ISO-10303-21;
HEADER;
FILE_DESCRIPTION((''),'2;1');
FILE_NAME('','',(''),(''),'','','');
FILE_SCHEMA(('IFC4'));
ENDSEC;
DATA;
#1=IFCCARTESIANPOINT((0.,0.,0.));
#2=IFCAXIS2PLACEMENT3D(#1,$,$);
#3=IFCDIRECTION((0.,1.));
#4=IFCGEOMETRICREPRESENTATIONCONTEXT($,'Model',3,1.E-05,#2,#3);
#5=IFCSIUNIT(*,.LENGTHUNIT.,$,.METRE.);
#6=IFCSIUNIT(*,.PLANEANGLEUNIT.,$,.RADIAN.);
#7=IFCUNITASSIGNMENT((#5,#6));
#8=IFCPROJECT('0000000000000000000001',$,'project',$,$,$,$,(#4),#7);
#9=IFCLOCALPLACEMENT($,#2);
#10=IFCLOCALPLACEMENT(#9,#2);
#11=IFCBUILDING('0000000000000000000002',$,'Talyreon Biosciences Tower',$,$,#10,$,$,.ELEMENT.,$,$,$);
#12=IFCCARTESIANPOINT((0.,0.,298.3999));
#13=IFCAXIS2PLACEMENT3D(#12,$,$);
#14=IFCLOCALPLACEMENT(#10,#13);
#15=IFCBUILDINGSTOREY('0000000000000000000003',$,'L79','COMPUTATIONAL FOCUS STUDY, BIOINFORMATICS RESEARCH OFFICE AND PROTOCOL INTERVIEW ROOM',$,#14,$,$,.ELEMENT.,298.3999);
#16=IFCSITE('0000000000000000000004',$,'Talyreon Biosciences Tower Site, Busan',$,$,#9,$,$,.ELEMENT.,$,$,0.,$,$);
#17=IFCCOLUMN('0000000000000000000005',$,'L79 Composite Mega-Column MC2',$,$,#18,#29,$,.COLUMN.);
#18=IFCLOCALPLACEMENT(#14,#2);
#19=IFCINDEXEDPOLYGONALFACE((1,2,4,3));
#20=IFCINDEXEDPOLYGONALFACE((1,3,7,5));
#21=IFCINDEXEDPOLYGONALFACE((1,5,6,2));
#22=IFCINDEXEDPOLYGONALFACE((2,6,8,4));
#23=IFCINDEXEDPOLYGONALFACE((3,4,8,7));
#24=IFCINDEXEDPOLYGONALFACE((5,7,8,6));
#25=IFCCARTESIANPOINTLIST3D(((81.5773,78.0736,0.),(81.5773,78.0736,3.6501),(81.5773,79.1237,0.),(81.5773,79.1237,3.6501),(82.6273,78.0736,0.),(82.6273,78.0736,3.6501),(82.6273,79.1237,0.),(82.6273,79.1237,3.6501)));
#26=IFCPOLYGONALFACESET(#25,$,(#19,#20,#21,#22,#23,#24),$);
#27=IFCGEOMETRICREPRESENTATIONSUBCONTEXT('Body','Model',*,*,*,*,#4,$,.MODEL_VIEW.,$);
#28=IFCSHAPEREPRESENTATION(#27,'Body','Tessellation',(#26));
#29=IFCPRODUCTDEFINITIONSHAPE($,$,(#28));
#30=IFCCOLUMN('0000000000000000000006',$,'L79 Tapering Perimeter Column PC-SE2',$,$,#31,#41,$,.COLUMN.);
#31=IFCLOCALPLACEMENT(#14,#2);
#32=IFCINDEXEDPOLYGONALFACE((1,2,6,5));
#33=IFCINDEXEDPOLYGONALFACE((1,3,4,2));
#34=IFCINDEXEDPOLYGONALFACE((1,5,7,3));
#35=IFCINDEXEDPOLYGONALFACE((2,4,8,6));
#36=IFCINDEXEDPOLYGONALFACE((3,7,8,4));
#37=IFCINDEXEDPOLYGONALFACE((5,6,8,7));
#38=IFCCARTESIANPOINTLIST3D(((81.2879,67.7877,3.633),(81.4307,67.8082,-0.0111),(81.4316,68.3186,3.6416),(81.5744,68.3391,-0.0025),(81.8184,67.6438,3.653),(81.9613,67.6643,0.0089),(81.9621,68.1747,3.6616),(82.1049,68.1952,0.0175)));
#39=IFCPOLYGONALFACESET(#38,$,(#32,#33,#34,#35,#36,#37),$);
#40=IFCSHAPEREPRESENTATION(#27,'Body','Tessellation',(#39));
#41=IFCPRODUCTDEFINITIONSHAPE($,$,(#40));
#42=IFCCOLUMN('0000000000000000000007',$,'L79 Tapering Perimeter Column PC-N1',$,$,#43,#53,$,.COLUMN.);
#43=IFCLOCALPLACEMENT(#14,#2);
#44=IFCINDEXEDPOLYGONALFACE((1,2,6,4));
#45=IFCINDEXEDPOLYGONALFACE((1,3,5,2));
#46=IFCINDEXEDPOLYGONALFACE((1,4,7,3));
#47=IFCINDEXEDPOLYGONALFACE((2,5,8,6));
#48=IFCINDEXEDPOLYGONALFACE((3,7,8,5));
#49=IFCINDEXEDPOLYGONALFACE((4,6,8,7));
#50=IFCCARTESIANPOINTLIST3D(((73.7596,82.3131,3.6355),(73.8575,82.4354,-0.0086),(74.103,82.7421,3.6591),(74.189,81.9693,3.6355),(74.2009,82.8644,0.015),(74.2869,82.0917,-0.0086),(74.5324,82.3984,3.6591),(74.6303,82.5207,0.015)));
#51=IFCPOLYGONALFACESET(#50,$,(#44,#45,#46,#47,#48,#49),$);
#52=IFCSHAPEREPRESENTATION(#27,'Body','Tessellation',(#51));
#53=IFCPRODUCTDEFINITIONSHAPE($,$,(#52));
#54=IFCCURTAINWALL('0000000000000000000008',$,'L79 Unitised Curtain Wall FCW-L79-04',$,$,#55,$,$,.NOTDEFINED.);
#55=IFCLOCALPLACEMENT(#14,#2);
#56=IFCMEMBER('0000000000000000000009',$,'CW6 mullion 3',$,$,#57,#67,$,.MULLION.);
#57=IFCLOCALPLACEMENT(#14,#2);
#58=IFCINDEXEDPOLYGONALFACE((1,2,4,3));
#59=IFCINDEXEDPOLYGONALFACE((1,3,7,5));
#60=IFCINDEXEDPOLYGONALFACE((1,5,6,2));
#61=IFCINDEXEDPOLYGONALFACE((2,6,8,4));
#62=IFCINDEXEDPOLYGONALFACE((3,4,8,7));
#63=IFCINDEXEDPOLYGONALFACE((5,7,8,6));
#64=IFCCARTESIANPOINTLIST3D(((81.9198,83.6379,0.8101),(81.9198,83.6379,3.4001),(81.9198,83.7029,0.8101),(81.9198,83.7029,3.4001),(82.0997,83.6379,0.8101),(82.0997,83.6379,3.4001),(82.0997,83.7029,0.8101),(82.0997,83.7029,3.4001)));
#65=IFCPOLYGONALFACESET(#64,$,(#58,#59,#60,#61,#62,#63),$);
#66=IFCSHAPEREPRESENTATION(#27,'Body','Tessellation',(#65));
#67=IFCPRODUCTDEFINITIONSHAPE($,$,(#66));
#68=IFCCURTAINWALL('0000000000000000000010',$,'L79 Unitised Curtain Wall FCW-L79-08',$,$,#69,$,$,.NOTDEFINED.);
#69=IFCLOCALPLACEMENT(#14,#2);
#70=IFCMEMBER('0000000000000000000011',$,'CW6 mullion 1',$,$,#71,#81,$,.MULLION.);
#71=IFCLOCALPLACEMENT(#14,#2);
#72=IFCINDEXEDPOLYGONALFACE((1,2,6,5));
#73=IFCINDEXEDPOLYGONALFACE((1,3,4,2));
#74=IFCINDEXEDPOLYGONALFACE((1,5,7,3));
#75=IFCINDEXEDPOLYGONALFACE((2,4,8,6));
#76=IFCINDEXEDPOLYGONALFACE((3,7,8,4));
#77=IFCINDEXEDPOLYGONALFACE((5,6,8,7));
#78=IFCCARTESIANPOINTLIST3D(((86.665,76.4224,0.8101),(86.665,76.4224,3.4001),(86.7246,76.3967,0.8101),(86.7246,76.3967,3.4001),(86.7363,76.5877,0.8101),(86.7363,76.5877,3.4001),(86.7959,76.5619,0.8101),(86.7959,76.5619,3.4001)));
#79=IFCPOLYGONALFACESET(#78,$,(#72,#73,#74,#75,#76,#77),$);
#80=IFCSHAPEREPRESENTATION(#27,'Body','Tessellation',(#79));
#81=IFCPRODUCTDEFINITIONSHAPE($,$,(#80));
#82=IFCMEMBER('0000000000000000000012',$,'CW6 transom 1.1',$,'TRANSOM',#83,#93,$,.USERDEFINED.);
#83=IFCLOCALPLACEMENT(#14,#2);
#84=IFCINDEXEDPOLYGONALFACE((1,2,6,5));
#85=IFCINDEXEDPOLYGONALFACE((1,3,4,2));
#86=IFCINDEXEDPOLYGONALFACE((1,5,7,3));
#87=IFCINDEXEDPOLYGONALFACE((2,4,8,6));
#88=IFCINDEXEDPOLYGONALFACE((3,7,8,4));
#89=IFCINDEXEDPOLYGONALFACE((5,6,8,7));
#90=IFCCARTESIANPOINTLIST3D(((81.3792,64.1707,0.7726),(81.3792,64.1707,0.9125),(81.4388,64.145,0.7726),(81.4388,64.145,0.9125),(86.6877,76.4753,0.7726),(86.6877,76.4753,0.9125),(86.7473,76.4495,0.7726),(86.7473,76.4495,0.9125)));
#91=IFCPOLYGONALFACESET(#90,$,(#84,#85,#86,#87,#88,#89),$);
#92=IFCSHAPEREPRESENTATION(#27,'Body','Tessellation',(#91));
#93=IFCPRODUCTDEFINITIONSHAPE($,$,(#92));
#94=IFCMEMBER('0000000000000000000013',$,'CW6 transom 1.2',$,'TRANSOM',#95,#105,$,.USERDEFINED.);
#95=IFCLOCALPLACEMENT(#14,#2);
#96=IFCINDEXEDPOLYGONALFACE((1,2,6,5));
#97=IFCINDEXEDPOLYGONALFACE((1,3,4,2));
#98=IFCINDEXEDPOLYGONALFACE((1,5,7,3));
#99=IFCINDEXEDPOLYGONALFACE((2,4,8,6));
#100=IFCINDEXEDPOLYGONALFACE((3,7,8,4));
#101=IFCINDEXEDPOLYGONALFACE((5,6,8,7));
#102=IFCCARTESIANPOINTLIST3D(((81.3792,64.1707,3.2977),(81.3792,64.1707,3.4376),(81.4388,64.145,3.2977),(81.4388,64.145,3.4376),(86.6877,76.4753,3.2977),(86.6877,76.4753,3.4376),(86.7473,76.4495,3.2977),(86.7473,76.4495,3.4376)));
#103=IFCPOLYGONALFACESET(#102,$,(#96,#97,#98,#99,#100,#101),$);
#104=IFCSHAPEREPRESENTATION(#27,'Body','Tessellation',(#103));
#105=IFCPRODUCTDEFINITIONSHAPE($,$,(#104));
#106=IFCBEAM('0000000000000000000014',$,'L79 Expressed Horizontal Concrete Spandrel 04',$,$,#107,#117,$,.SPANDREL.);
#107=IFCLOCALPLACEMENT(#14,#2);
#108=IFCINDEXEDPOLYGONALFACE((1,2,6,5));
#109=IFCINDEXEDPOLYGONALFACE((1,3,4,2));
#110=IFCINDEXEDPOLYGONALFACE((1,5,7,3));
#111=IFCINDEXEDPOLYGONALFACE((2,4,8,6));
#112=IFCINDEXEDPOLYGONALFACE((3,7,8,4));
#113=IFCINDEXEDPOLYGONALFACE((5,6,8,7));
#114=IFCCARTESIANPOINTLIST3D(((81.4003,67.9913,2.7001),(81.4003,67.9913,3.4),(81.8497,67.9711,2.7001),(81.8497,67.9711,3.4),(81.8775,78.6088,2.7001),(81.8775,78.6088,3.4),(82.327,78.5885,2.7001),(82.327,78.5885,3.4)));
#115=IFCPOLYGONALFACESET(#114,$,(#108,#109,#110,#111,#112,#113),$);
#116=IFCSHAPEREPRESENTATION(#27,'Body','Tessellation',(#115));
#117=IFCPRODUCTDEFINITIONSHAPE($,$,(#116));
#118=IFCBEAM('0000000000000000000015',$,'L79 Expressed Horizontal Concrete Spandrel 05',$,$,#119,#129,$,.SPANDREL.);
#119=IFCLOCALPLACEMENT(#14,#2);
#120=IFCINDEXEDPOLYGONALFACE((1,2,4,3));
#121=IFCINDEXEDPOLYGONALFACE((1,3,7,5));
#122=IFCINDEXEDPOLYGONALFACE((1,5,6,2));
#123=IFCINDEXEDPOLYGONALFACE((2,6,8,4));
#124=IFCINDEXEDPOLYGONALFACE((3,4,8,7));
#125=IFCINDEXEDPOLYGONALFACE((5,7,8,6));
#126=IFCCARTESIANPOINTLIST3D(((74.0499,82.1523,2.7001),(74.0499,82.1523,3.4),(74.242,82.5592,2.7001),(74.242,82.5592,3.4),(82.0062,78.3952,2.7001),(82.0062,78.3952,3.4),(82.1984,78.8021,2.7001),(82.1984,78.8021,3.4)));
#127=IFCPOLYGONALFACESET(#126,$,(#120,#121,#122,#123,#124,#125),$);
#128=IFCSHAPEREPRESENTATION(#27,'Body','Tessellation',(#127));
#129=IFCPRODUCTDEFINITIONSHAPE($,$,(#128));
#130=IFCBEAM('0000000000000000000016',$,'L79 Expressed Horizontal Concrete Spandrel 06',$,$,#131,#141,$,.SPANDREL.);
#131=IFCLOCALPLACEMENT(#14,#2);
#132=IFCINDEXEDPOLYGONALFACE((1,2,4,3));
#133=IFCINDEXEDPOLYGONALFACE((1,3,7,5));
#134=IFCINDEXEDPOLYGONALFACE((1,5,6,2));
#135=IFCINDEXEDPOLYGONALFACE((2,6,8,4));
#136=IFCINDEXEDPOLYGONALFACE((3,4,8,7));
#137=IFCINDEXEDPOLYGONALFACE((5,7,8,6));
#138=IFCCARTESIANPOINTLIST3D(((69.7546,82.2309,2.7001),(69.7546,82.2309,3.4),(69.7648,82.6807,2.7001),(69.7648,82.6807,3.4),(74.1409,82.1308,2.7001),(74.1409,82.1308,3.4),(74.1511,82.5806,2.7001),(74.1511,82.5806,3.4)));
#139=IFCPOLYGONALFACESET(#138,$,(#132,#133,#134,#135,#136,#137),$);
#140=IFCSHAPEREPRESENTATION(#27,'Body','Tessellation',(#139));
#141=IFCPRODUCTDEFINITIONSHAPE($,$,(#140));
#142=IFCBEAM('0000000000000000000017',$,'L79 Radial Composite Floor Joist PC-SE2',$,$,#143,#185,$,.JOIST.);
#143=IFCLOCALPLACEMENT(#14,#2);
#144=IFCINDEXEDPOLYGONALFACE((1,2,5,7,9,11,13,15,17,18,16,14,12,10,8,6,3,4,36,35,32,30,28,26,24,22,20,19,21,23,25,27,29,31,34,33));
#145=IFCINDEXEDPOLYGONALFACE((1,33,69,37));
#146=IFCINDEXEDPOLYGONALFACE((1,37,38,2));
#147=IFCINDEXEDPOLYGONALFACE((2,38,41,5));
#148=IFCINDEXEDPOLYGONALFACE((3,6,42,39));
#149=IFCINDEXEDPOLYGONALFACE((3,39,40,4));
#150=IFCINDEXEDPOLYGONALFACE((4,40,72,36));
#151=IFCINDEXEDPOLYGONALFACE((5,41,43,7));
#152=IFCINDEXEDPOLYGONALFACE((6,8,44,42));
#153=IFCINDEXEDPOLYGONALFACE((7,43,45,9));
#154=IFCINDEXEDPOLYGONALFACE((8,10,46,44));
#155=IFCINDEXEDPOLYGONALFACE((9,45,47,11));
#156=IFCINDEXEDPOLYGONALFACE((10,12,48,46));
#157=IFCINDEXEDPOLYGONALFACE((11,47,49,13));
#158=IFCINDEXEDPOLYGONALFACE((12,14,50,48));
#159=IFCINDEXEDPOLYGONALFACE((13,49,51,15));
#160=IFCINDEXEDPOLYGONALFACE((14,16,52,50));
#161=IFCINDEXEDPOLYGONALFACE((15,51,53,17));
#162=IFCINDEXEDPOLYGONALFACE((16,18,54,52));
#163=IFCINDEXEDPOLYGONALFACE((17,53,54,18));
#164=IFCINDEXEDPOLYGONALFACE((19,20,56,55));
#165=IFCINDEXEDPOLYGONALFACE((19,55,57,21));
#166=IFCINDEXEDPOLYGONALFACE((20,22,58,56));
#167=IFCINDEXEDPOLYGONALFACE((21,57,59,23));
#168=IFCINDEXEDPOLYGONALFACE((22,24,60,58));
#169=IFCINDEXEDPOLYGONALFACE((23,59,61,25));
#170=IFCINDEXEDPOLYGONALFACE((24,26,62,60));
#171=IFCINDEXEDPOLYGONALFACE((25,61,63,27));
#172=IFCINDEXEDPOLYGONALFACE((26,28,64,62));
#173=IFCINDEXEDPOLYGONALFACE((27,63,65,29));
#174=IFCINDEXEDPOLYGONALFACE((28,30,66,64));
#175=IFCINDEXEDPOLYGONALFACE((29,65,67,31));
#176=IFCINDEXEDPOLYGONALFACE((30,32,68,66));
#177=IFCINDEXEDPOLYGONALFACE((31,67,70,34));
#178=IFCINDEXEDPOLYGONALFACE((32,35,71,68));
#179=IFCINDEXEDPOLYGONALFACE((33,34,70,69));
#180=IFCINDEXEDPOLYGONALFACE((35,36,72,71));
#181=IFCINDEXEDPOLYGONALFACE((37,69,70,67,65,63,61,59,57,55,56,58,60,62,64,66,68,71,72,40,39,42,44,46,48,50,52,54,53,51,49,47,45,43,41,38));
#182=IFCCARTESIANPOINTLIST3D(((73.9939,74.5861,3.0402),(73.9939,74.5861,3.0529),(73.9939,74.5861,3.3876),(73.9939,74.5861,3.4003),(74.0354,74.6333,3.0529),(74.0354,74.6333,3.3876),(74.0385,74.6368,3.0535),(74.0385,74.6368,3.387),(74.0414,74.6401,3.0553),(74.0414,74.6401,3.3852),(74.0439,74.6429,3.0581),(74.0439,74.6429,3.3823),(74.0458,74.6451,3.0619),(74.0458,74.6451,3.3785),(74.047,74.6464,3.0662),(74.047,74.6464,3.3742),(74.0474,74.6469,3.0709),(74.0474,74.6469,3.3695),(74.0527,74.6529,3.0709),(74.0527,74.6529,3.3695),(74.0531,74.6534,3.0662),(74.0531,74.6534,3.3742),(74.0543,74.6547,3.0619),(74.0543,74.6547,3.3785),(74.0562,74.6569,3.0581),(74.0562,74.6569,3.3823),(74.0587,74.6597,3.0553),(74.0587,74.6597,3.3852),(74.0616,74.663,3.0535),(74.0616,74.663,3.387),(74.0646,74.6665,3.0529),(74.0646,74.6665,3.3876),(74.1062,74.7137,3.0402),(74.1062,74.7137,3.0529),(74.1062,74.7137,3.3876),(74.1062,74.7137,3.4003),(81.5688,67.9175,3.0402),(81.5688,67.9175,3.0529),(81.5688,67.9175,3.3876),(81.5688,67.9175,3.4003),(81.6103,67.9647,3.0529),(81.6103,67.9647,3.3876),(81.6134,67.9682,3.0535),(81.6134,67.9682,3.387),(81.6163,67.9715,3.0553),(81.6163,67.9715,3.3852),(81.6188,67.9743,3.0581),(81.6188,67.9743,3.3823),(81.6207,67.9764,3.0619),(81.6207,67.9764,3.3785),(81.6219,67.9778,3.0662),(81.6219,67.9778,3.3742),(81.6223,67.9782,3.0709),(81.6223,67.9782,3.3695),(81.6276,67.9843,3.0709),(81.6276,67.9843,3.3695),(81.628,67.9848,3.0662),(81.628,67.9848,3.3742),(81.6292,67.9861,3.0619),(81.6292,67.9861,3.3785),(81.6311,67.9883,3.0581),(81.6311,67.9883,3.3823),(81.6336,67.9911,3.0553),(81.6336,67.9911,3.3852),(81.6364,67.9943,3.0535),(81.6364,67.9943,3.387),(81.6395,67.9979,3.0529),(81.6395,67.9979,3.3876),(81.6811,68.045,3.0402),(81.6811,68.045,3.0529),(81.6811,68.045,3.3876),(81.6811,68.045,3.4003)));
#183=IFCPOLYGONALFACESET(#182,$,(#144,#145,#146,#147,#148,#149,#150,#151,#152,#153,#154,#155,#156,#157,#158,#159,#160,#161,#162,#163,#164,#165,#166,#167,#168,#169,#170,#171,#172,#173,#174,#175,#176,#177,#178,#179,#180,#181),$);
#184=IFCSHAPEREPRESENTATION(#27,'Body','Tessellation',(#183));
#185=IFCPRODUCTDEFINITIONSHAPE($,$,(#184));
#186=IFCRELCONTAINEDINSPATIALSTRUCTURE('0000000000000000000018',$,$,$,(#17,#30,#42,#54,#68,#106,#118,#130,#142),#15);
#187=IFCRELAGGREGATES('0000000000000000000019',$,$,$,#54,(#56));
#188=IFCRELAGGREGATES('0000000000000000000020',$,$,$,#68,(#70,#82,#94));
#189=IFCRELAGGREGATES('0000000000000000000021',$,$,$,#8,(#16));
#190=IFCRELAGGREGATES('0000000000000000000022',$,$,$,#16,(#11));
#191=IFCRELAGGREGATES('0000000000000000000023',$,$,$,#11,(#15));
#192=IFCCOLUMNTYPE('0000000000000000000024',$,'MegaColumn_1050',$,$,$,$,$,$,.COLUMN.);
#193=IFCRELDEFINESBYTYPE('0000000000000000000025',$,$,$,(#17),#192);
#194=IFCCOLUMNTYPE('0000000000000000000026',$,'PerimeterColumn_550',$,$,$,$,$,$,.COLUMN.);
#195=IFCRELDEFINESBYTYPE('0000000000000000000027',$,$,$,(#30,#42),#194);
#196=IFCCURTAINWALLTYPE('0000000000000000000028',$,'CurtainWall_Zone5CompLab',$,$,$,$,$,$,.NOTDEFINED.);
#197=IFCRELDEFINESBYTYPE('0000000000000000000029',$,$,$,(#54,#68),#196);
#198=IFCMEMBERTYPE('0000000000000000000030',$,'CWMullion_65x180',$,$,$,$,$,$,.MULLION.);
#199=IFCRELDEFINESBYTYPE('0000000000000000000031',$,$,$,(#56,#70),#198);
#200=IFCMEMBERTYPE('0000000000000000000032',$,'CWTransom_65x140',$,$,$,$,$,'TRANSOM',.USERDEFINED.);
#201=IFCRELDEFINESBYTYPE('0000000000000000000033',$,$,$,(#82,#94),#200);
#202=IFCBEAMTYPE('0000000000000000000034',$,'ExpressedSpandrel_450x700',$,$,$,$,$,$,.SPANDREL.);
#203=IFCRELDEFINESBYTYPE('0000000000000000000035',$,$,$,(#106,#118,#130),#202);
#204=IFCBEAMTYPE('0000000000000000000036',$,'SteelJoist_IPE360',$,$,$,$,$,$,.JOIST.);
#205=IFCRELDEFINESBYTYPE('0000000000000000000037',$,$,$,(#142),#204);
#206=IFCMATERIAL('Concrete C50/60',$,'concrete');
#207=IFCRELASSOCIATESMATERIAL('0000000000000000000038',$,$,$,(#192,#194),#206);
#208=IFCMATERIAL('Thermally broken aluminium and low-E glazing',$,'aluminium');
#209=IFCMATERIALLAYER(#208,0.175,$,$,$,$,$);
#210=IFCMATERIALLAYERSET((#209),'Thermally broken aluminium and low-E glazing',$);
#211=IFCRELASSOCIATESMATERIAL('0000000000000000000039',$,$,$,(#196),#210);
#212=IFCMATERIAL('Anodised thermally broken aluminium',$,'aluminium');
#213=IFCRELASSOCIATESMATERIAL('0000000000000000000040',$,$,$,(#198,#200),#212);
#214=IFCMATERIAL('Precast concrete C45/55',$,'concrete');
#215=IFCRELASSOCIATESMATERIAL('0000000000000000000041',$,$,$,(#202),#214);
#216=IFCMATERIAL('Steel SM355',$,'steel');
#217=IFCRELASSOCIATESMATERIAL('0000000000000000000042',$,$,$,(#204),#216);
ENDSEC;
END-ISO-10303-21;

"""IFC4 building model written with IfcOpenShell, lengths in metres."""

from ifc_helpers import new_model, si_unit, direction, frame, origin, origin_2d, place, context, subcontext, project, spatial, rectangle, i_section, extrude, material, layer, layer_set, material_profile, profile_set, type_object, element, aggregate, save


model = new_model("IFC4")

# Units and contexts
model_context = context("Model", 3, precision=1e-05, world=origin(), true_north=direction((0.0, 1.0)))
body_context = subcontext(model_context, "Body", "Model", "MODEL_VIEW")
ifc_project = project(units=[si_unit("LENGTHUNIT", "METRE"), si_unit("PLANEANGLEUNIT", "RADIAN")], contexts=[model_context])

# Site, building, storey
site_placement = place(None, origin())
site = spatial("IfcSite", under=ifc_project, at=site_placement, Name="Talyreon Biosciences Tower Site, Busan", CompositionType="ELEMENT", RefElevation=0.0)
building_placement = place(site_placement, origin())
building = spatial("IfcBuilding", under=site, at=building_placement, Name="Talyreon Biosciences Tower", CompositionType="ELEMENT")
storey_placement = place(building_placement, frame((0.0, 0.0, 298.3999)))
storey = spatial("IfcBuildingStorey", under=building, at=storey_placement, Name="L79", Description="COMPUTATIONAL FOCUS STUDY, BIOINFORMATICS RESEARCH OFFICE AND PROTOCOL INTERVIEW ROOM", CompositionType="ELEMENT", Elevation=298.3999)

# Columns
ifc_material_1 = material(Name="Concrete C50/60", Category="concrete")
ifc_material_profile_1 = material_profile(ifc_material_1, rectangle(XDim=1.05, YDim=1.05, at=origin_2d()), Name="RC 1050x1050")
ifc_profile_set_1 = profile_set([ifc_material_profile_1], Name="Concrete C50/60")
column_type_1 = type_object("IfcColumnType", Name="MegaColumn_1050", PredefinedType="COLUMN", material=ifc_profile_set_1)
column_1_placement = place(storey_placement, frame((82.1023, 78.5986, 0.0), z_axis=(0.0, 0.0, 1.0), x_axis=(1.0, 0.0, 0.0)))
element("IfcColumn", 1, at=column_1_placement, inside=storey, type_object=column_type_1, Name="L79 Composite Mega-Column MC2", PredefinedType="COLUMN", context=body_context, shape_type="SweptSolid", body=[
    extrude(rectangle(XDim=1.05, YDim=1.05, at=origin_2d()), origin(), (0.0, 0.0, 1.0), 3.6501),
])
ifc_material_profile_2 = material_profile(ifc_material_1, rectangle(XDim=0.55, YDim=0.55, at=origin_2d()), Name="RC 550x550")
ifc_profile_set_2 = profile_set([ifc_material_profile_2], Name="Concrete C50/60")
column_type_2 = type_object("IfcColumnType", Name="PerimeterColumn_550", PredefinedType="COLUMN", material=ifc_profile_set_2)
column_2_placement = place(storey_placement, frame((81.7678, 68.0017, 0.0032), z_axis=(-0.039163, -0.005623, 0.999217), x_axis=(0.964498, -0.26158, 0.03633)))
element("IfcColumn", 2, at=column_2_placement, inside=storey, type_object=column_type_2, Name="L79 Tapering Perimeter Column PC-SE2", PredefinedType="COLUMN", context=body_context, shape_type="SweptSolid", body=[
    extrude(rectangle(XDim=0.55, YDim=0.55, at=origin_2d()), origin(), (0.0, 0.0, 1.0), 3.647),
])
column_3_placement = place(storey_placement, frame((74.2439, 82.478, 0.0032), z_axis=(-0.026841, -0.033535, 0.999077), x_axis=(-0.780717, 0.624885, 0.0)))
element("IfcColumn", 3, at=column_3_placement, inside=storey, type_object=column_type_2, Name="L79 Tapering Perimeter Column PC-N1", PredefinedType="COLUMN", context=body_context, shape_type="SweptSolid", body=[
    extrude(rectangle(XDim=0.55, YDim=0.55, at=origin_2d()), origin(), (0.0, 0.0, 1.0), 3.6475),
])

# Curtain wall, member
ifc_material_2 = material(Name="Thermally broken aluminium and low-E glazing", Category="aluminium")
ifc_layer_1 = layer(ifc_material_2, 0.175)
ifc_layer_set_1 = layer_set([ifc_layer_1], Name="Thermally broken aluminium and low-E glazing")
curtain_wall_type = type_object("IfcCurtainWallType", Name="CurtainWall_Zone5CompLab", PredefinedType="NOTDEFINED", material=ifc_layer_set_1)
curtain_wall_1_placement = place(storey_placement, origin())
curtain_wall_1 = element("IfcCurtainWall", 4, at=curtain_wall_1_placement, inside=storey, type_object=curtain_wall_type, Name="L79 Unitised Curtain Wall FCW-L79-04", PredefinedType="NOTDEFINED")
ifc_material_3 = material(Name="Anodised thermally broken aluminium", Category="aluminium")
ifc_material_profile_3 = material_profile(ifc_material_3, rectangle(XDim=0.0649, YDim=0.1799, at=origin_2d()), Name="ALUM MULLION 65x180")
ifc_profile_set_3 = profile_set([ifc_material_profile_3], Name="Anodised thermally broken aluminium")
member_type_1 = type_object("IfcMemberType", Name="CWMullion_65x180", PredefinedType="MULLION", material=ifc_profile_set_3)
member_1_placement = place(storey_placement, frame((82.0098, 83.6704, 0.8101), z_axis=(0.0, 0.0, 1.0), x_axis=(0.0, 1.0, 0.0)))
member_1 = element("IfcMember", 5, at=member_1_placement, type_object=member_type_1, Name="CW6 mullion 3", PredefinedType="MULLION", context=body_context, shape_type="SweptSolid", body=[
    extrude(rectangle(XDim=0.0649, YDim=0.1799, at=origin_2d()), origin(), (0.0, 0.0, 1.0), 2.5901),
])
aggregate(curtain_wall_1, [member_1])

# Curtain wall, members
curtain_wall_2_placement = place(storey_placement, origin())
curtain_wall_2 = element("IfcCurtainWall", 6, at=curtain_wall_2_placement, inside=storey, type_object=curtain_wall_type, Name="L79 Unitised Curtain Wall FCW-L79-08", PredefinedType="NOTDEFINED")
member_2_placement = place(storey_placement, frame((86.7305, 76.4922, 0.8101), z_axis=(0.0, 0.0, 1.0), x_axis=(0.918187, -0.396147, 0.0)))
member_2 = element("IfcMember", 7, at=member_2_placement, type_object=member_type_1, Name="CW6 mullion 1", PredefinedType="MULLION", context=body_context, shape_type="SweptSolid", body=[
    extrude(rectangle(XDim=0.0649, YDim=0.1799, at=origin_2d()), origin(), (0.0, 0.0, 1.0), 2.5901),
])
ifc_material_profile_4 = material_profile(ifc_material_3, rectangle(XDim=0.0649, YDim=0.1399, at=origin_2d()), Name="ALUM TRANSOM 65x140")
ifc_profile_set_4 = profile_set([ifc_material_profile_4], Name="Anodised thermally broken aluminium")
member_type_2 = type_object("IfcMemberType", Name="CWTransom_65x140", ElementType="TRANSOM", PredefinedType="USERDEFINED", material=ifc_profile_set_4)
member_3_placement = place(storey_placement, frame((86.7175, 76.4624, 0.8425), z_axis=(-0.396134, -0.918193, 0.0), x_axis=(0.918193, -0.396134, 0.0)))
member_3 = element("IfcMember", 8, at=member_3_placement, type_object=member_type_2, Name="CW6 transom 1.1", ObjectType="TRANSOM", PredefinedType="USERDEFINED", context=body_context, shape_type="SweptSolid", body=[
    extrude(rectangle(XDim=0.0649, YDim=0.1399, at=origin_2d()), origin(), (0.0, 0.0, 1.0), 13.4009),
])
member_4_placement = place(storey_placement, frame((86.7175, 76.4624, 3.3677), z_axis=(-0.396134, -0.918193, 0.0), x_axis=(0.918193, -0.396134, 0.0)))
member_4 = element("IfcMember", 9, at=member_4_placement, type_object=member_type_2, Name="CW6 transom 1.2", ObjectType="TRANSOM", PredefinedType="USERDEFINED", context=body_context, shape_type="SweptSolid", body=[
    extrude(rectangle(XDim=0.0649, YDim=0.1399, at=origin_2d()), origin(), (0.0, 0.0, 1.0), 13.4009),
])

# Beams
ifc_material_4 = material(Name="Precast concrete C45/55", Category="concrete")
ifc_material_profile_5 = material_profile(ifc_material_4, rectangle(XDim=0.45, YDim=0.7, at=origin_2d()), Name="RCB 450x700")
ifc_profile_set_5 = profile_set([ifc_material_profile_5], Name="Precast concrete C45/55")
beam_type_1 = type_object("IfcBeamType", Name="ExpressedSpandrel_450x700", PredefinedType="SPANDREL", material=ifc_profile_set_5)
beam_1_placement = place(storey_placement, frame((81.625, 67.9812, 3.05), z_axis=(0.044909, 0.998991, 0.0), x_axis=(-0.998991, 0.044909, 0.0)))
element("IfcBeam", 10, at=beam_1_placement, inside=storey, type_object=beam_type_1, Name="L79 Expressed Horizontal Concrete Spandrel 04", PredefinedType="SPANDREL", context=body_context, shape_type="SweptSolid", body=[
    extrude(rectangle(XDim=0.45, YDim=0.7, at=origin_2d()), origin(), (0.0, 0.0, 1.0), 10.6282),
])
beam_2_placement = place(storey_placement, frame((82.1023, 78.5986, 3.05), z_axis=(-0.904251, 0.427001, 0.0), x_axis=(-0.427001, -0.904251, 0.0)))
element("IfcBeam", 11, at=beam_2_placement, inside=storey, type_object=beam_type_1, Name="L79 Expressed Horizontal Concrete Spandrel 05", PredefinedType="SPANDREL", context=body_context, shape_type="SweptSolid", body=[
    extrude(rectangle(XDim=0.45, YDim=0.7, at=origin_2d()), origin(), (0.0, 0.0, 1.0), 8.7988),
])
beam_3_placement = place(storey_placement, frame((74.146, 82.3557, 3.05), z_axis=(-0.99974, 0.022815, 0.0), x_axis=(-0.022815, -0.99974, 0.0)))
element("IfcBeam", 12, at=beam_3_placement, inside=storey, type_object=beam_type_1, Name="L79 Expressed Horizontal Concrete Spandrel 06", PredefinedType="SPANDREL", context=body_context, shape_type="SweptSolid", body=[
    extrude(rectangle(XDim=0.45, YDim=0.7, at=origin_2d()), origin(), (0.0, 0.0, 1.0), 4.3875),
])
ifc_material_5 = material(Name="Steel SM355", Category="steel")
ifc_material_profile_6 = material_profile(ifc_material_5, i_section(OverallWidth=0.1699, OverallDepth=0.3601, WebThickness=0.0081, FlangeThickness=0.0127, FilletRadius=0.0181, at=origin_2d()), Name="IPE360")
ifc_profile_set_6 = profile_set([ifc_material_profile_6], Name="Steel SM355")
beam_type_2 = type_object("IfcBeamType", Name="SteelJoist_IPE360", PredefinedType="JOIST", material=ifc_profile_set_6)
beam_4_placement = place(storey_placement, frame((74.05, 74.6499, 3.2202), z_axis=(0.750579, -0.660781, 0.0), x_axis=(0.660781, 0.750579, 0.0)))
element("IfcBeam", 13, at=beam_4_placement, inside=storey, type_object=beam_type_2, Name="L79 Radial Composite Floor Joist PC-SE2", PredefinedType="JOIST", context=body_context, shape_type="SweptSolid", body=[
    extrude(i_section(OverallWidth=0.1699, OverallDepth=0.3601, WebThickness=0.0081, FlangeThickness=0.0127, FilletRadius=0.0181, at=origin_2d()), origin(), (0.0, 0.0, 1.0), 10.092),
])

aggregate(curtain_wall_2, [member_2, member_3, member_4])

save(model, "model.ifc")
